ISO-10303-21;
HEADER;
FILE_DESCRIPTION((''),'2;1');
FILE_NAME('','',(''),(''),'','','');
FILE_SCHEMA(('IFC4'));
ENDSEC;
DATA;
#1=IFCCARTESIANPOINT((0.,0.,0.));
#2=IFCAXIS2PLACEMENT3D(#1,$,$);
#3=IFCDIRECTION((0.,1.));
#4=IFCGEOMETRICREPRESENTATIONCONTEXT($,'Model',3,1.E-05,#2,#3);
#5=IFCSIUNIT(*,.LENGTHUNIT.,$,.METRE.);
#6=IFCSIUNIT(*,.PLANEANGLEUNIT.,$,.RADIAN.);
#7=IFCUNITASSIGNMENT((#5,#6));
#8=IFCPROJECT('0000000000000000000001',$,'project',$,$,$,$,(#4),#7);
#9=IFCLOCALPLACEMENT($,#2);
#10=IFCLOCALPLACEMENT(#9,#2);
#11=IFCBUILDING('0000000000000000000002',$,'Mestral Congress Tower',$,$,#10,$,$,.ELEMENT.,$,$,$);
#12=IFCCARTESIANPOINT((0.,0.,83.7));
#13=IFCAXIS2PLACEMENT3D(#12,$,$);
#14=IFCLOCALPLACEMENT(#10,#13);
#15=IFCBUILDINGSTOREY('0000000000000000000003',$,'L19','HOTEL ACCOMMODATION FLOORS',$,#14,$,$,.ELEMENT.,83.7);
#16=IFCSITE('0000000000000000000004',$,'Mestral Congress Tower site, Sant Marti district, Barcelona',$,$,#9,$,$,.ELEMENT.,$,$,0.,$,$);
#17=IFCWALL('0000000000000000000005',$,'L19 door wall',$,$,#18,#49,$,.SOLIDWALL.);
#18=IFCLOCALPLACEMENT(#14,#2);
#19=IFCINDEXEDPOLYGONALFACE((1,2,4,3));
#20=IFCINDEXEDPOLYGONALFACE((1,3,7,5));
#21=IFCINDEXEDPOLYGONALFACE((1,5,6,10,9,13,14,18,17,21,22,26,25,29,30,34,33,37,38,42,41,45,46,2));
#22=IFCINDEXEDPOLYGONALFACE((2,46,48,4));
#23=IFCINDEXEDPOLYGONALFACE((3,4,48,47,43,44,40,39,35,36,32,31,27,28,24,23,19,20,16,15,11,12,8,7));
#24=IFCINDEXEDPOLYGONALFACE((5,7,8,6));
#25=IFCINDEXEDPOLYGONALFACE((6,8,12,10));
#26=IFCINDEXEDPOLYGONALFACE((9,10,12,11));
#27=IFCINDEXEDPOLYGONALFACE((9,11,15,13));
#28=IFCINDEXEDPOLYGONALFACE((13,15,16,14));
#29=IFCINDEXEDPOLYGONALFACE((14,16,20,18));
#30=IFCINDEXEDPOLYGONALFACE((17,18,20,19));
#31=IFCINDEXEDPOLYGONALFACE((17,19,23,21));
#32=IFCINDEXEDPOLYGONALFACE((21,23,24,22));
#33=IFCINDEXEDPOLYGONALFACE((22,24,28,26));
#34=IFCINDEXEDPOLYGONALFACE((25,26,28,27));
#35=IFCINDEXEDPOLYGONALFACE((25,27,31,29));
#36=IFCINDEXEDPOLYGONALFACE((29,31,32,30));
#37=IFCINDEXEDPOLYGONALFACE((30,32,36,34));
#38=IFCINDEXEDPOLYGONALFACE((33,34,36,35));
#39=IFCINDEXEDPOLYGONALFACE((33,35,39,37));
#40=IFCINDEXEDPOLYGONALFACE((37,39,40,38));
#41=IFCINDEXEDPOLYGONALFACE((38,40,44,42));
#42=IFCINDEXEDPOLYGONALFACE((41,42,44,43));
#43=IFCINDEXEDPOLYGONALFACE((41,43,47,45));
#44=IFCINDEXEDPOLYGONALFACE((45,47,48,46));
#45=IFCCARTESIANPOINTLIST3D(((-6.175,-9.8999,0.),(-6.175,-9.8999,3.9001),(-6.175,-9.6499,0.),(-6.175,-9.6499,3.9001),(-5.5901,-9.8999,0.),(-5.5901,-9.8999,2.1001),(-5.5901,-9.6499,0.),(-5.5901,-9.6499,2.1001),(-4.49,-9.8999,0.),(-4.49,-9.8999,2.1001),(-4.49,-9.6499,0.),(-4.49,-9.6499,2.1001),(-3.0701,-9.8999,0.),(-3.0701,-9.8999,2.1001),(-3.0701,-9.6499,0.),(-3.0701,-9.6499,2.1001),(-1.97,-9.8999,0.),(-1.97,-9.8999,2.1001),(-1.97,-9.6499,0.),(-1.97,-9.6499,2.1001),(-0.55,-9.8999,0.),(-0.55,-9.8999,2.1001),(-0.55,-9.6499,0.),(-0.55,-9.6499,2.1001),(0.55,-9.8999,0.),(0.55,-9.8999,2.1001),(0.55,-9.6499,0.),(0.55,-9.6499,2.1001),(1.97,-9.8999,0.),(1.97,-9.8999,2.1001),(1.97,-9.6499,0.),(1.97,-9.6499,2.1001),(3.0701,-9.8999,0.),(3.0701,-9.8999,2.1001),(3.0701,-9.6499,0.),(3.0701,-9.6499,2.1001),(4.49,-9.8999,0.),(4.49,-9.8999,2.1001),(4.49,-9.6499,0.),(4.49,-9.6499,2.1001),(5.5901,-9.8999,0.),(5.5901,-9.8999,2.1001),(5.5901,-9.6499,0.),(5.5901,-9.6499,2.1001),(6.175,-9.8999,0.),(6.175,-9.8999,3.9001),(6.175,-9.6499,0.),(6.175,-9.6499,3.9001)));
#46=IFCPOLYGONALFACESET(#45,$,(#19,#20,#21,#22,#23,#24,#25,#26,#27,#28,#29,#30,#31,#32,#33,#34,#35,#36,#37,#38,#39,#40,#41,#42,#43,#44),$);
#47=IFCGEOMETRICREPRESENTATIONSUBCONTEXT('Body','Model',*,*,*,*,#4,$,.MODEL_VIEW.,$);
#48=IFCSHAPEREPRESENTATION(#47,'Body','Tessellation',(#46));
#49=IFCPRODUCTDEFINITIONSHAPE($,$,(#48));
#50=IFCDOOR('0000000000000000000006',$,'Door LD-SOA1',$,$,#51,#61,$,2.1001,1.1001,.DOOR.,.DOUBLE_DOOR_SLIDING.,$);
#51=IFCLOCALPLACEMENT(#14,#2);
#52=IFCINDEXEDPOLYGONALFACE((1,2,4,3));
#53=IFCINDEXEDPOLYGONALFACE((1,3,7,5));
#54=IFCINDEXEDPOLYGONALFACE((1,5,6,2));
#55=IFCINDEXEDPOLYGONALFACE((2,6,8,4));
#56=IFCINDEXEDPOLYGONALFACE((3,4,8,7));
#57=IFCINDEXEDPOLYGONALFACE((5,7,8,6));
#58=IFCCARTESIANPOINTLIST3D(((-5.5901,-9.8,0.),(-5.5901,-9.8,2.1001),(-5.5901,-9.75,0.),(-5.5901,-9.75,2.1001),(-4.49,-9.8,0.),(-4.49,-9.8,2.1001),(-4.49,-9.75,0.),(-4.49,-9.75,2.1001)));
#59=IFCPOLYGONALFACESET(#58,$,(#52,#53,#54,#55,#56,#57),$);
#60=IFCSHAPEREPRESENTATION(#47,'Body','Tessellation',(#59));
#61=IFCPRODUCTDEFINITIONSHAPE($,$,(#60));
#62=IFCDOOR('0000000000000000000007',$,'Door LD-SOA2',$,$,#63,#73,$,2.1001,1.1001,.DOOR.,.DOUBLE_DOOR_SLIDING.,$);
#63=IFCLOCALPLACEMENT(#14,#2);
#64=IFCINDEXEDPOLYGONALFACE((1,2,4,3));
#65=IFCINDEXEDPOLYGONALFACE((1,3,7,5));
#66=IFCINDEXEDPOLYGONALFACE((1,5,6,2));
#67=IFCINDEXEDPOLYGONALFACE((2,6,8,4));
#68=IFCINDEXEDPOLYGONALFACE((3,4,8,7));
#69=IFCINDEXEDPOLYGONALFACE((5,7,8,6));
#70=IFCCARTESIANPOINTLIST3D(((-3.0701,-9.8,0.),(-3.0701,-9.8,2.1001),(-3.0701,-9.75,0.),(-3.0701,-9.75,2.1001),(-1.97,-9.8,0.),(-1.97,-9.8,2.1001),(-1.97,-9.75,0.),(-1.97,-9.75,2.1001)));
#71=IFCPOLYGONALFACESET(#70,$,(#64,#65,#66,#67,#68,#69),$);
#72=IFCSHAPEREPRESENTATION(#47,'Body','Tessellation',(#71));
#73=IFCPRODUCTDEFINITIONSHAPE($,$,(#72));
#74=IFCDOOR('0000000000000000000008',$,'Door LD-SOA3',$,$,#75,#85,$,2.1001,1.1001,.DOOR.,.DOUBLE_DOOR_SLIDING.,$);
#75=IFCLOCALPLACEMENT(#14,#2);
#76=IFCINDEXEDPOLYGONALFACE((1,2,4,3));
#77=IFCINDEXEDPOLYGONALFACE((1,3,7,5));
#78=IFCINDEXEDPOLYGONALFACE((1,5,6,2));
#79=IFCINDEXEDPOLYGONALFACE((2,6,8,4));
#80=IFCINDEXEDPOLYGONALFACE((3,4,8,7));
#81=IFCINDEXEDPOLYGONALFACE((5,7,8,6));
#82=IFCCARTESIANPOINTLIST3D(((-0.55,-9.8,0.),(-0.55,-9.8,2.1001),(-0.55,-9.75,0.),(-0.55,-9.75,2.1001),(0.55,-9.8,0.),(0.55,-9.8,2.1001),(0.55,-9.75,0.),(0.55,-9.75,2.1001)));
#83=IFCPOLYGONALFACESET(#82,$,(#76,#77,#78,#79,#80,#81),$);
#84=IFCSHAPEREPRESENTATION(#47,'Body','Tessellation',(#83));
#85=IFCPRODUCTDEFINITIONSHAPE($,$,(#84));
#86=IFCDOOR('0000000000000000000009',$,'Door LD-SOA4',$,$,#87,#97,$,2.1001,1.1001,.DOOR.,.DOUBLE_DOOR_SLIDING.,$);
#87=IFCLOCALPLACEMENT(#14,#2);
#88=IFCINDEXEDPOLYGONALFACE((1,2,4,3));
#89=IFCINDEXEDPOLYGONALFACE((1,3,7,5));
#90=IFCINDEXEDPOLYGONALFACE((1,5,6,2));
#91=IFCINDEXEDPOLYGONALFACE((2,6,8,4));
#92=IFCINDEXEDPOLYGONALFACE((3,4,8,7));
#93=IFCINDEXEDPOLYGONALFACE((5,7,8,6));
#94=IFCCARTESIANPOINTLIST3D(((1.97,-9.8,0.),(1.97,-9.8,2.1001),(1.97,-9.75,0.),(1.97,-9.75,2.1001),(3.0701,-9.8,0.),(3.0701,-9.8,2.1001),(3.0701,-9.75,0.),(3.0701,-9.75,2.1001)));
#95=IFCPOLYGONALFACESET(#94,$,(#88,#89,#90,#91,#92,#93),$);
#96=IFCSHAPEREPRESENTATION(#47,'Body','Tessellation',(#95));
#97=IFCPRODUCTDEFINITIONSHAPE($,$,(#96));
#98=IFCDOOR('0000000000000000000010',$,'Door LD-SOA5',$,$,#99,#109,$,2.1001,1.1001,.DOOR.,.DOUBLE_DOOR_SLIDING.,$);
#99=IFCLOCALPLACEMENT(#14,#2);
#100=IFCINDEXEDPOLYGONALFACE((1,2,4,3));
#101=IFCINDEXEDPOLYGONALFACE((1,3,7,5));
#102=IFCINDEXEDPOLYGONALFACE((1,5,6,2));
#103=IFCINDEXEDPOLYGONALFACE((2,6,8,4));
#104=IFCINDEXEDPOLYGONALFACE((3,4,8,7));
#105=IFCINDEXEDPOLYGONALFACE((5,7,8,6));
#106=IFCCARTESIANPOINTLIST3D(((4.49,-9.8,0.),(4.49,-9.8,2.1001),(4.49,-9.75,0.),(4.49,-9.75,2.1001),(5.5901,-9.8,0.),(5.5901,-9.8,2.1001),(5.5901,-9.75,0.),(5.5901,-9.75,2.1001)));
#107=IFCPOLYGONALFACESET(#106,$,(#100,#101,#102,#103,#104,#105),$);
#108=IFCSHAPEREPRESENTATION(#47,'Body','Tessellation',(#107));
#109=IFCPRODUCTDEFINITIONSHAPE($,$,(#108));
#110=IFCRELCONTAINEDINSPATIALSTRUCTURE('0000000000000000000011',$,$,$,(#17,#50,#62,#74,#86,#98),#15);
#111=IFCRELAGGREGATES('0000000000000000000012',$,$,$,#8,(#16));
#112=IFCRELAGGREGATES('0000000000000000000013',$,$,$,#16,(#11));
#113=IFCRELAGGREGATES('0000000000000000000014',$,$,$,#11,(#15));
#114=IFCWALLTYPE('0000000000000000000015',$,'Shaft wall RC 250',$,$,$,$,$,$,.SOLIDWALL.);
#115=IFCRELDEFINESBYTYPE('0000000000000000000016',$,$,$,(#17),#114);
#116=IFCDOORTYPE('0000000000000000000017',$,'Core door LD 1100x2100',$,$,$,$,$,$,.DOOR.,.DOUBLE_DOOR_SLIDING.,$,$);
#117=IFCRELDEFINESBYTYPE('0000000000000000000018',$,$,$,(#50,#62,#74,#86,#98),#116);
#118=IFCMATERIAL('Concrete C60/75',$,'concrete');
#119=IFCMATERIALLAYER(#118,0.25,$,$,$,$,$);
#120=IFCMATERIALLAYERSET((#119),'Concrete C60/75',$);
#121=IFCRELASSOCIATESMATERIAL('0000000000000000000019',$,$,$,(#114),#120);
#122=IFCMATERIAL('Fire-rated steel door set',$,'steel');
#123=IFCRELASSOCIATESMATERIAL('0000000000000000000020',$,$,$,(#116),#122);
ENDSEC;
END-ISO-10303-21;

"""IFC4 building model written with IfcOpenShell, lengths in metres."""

from ifc_helpers import new_model, si_unit, direction, frame, frame_2d, origin, place, context, subcontext, project, spatial, rectangle, extrude, material, layer, layer_set, type_object, element, fill, save


model = new_model("IFC4")

# Units and contexts
model_context = context("Model", 3, precision=1e-05, world=origin(), true_north=direction((0.0, 1.0)))
body_context = subcontext(model_context, "Body", "Model", "MODEL_VIEW")
ifc_project = project(units=[si_unit("LENGTHUNIT", "METRE"), si_unit("PLANEANGLEUNIT", "RADIAN")], contexts=[model_context])

# Site, building, storey
site_placement = place(None, origin())
site = spatial("IfcSite", under=ifc_project, at=site_placement, Name="Mestral Congress Tower site, Sant Marti district, Barcelona", CompositionType="ELEMENT", RefElevation=0.0)
building_placement = place(site_placement, origin())
building = spatial("IfcBuilding", under=site, at=building_placement, Name="Mestral Congress Tower", CompositionType="ELEMENT")
storey_placement = place(building_placement, frame((0.0, 0.0, 83.7)))
storey = spatial("IfcBuildingStorey", under=building, at=storey_placement, Name="L19", Description="HOTEL ACCOMMODATION FLOORS", CompositionType="ELEMENT", Elevation=83.7)

# Shared definitions
ifc_material_1 = material(Name="Fire-rated steel door set", Category="steel")

# Shared definitions
ifc_material_2 = material(Name="Concrete C60/75", Category="concrete")
ifc_layer_1 = layer(ifc_material_2, 0.25)
ifc_layer_set_1 = layer_set([ifc_layer_1], Name="Concrete C60/75")
wall_type_1 = type_object("IfcWallType", Name="Shaft wall RC 250", PredefinedType="SOLIDWALL", material=ifc_layer_set_1)

# Wall, openings, doors
wall_1_placement = place(storey_placement, frame((-6.175, -9.7749, 0.0), z_axis=(0.0, 0.0, 1.0), x_axis=(1.0, 0.0, 0.0)))
wall_1 = element("IfcWall", 1, at=wall_1_placement, inside=storey, type_object=wall_type_1, Name="L19 door wall", PredefinedType="SOLIDWALL", context=body_context, shape_type="SweptSolid", body=[
    extrude(rectangle(XDim=12.3501, YDim=0.25, at=frame_2d((6.175, 0.0))), origin(), (0.0, 0.0, 1.0), 3.9001),
])
opening_1_placement = place(wall_1_placement, frame((0.585, 0.0, 0.0)))
opening_1 = element("IfcOpeningElement", 2, at=opening_1_placement, cuts=wall_1, PredefinedType="OPENING", context=body_context, shape_type="SweptSolid", body=[
    extrude(rectangle(XDim=1.1001, YDim=2.1001, at=frame_2d((0.55, 1.05))), frame((0.0, 0.135, 0.0), z_axis=(0.0, -1.0, 0.0), x_axis=(1.0, 0.0, 0.0)), (0.0, 0.0, 1.0), 0.27),
])
opening_2_placement = place(wall_1_placement, frame((3.105, 0.0, 0.0)))
opening_2 = element("IfcOpeningElement", 3, at=opening_2_placement, cuts=wall_1, PredefinedType="OPENING", context=body_context, shape_type="SweptSolid", body=[
    extrude(rectangle(XDim=1.1001, YDim=2.1001, at=frame_2d((0.55, 1.05))), frame((0.0, 0.135, 0.0), z_axis=(0.0, -1.0, 0.0), x_axis=(1.0, 0.0, 0.0)), (0.0, 0.0, 1.0), 0.27),
])
opening_3_placement = place(wall_1_placement, frame((5.625, 0.0, 0.0)))
opening_3 = element("IfcOpeningElement", 4, at=opening_3_placement, cuts=wall_1, PredefinedType="OPENING", context=body_context, shape_type="SweptSolid", body=[
    extrude(rectangle(XDim=1.1001, YDim=2.1001, at=frame_2d((0.55, 1.05))), frame((0.0, 0.135, 0.0), z_axis=(0.0, -1.0, 0.0), x_axis=(1.0, 0.0, 0.0)), (0.0, 0.0, 1.0), 0.27),
])
opening_4_placement = place(wall_1_placement, frame((8.145, 0.0, 0.0)))
opening_4 = element("IfcOpeningElement", 5, at=opening_4_placement, cuts=wall_1, PredefinedType="OPENING", context=body_context, shape_type="SweptSolid", body=[
    extrude(rectangle(XDim=1.1001, YDim=2.1001, at=frame_2d((0.55, 1.05))), frame((0.0, 0.135, 0.0), z_axis=(0.0, -1.0, 0.0), x_axis=(1.0, 0.0, 0.0)), (0.0, 0.0, 1.0), 0.27),
])
opening_5_placement = place(wall_1_placement, frame((10.665, 0.0, 0.0)))
opening_5 = element("IfcOpeningElement", 6, at=opening_5_placement, cuts=wall_1, PredefinedType="OPENING", context=body_context, shape_type="SweptSolid", body=[
    extrude(rectangle(XDim=1.1001, YDim=2.1001, at=frame_2d((0.55, 1.05))), frame((0.0, 0.135, 0.0), z_axis=(0.0, -1.0, 0.0), x_axis=(1.0, 0.0, 0.0)), (0.0, 0.0, 1.0), 0.27),
])
door_type_1 = type_object("IfcDoorType", Name="Core door LD 1100x2100", OperationType="DOUBLE_DOOR_SLIDING", PredefinedType="DOOR", material=ifc_material_1)
door_1_placement = place(opening_1_placement, origin())
door_1 = element("IfcDoor", 7, at=door_1_placement, inside=storey, type_object=door_type_1, Name="Door LD-SOA1", OperationType="DOUBLE_DOOR_SLIDING", OverallHeight=2.1001, OverallWidth=1.1001, PredefinedType="DOOR", context=body_context, shape_type="SweptSolid", body=[
    extrude(rectangle(XDim=1.1001, YDim=2.1001, at=frame_2d((0.55, 1.05))), frame((0.0, 0.0249, 0.0), z_axis=(0.0, -1.0, 0.0), x_axis=(1.0, 0.0, 0.0)), (0.0, 0.0, 1.0), 0.05),
])
fill(opening_1, door_1)
door_2_placement = place(opening_2_placement, origin())
door_2 = element("IfcDoor", 8, at=door_2_placement, inside=storey, type_object=door_type_1, Name="Door LD-SOA2", OperationType="DOUBLE_DOOR_SLIDING", OverallHeight=2.1001, OverallWidth=1.1001, PredefinedType="DOOR", context=body_context, shape_type="SweptSolid", body=[
    extrude(rectangle(XDim=1.1001, YDim=2.1001, at=frame_2d((0.55, 1.05))), frame((0.0, 0.0249, 0.0), z_axis=(0.0, -1.0, 0.0), x_axis=(1.0, 0.0, 0.0)), (0.0, 0.0, 1.0), 0.05),
])
fill(opening_2, door_2)
door_3_placement = place(opening_3_placement, origin())
door_3 = element("IfcDoor", 9, at=door_3_placement, inside=storey, type_object=door_type_1, Name="Door LD-SOA3", OperationType="DOUBLE_DOOR_SLIDING", OverallHeight=2.1001, OverallWidth=1.1001, PredefinedType="DOOR", context=body_context, shape_type="SweptSolid", body=[
    extrude(rectangle(XDim=1.1001, YDim=2.1001, at=frame_2d((0.55, 1.05))), frame((0.0, 0.0249, 0.0), z_axis=(0.0, -1.0, 0.0), x_axis=(1.0, 0.0, 0.0)), (0.0, 0.0, 1.0), 0.05),
])
fill(opening_3, door_3)
door_4_placement = place(opening_4_placement, origin())
door_4 = element("IfcDoor", 10, at=door_4_placement, inside=storey, type_object=door_type_1, Name="Door LD-SOA4", OperationType="DOUBLE_DOOR_SLIDING", OverallHeight=2.1001, OverallWidth=1.1001, PredefinedType="DOOR", context=body_context, shape_type="SweptSolid", body=[
    extrude(rectangle(XDim=1.1001, YDim=2.1001, at=frame_2d((0.55, 1.05))), frame((0.0, 0.0249, 0.0), z_axis=(0.0, -1.0, 0.0), x_axis=(1.0, 0.0, 0.0)), (0.0, 0.0, 1.0), 0.05),
])
fill(opening_4, door_4)
door_5_placement = place(opening_5_placement, origin())
door_5 = element("IfcDoor", 11, at=door_5_placement, inside=storey, type_object=door_type_1, Name="Door LD-SOA5", OperationType="DOUBLE_DOOR_SLIDING", OverallHeight=2.1001, OverallWidth=1.1001, PredefinedType="DOOR", context=body_context, shape_type="SweptSolid", body=[
    extrude(rectangle(XDim=1.1001, YDim=2.1001, at=frame_2d((0.55, 1.05))), frame((0.0, 0.0249, 0.0), z_axis=(0.0, -1.0, 0.0), x_axis=(1.0, 0.0, 0.0)), (0.0, 0.0, 1.0), 0.05),
])
fill(opening_5, door_5)

save(model, "model.ifc")
